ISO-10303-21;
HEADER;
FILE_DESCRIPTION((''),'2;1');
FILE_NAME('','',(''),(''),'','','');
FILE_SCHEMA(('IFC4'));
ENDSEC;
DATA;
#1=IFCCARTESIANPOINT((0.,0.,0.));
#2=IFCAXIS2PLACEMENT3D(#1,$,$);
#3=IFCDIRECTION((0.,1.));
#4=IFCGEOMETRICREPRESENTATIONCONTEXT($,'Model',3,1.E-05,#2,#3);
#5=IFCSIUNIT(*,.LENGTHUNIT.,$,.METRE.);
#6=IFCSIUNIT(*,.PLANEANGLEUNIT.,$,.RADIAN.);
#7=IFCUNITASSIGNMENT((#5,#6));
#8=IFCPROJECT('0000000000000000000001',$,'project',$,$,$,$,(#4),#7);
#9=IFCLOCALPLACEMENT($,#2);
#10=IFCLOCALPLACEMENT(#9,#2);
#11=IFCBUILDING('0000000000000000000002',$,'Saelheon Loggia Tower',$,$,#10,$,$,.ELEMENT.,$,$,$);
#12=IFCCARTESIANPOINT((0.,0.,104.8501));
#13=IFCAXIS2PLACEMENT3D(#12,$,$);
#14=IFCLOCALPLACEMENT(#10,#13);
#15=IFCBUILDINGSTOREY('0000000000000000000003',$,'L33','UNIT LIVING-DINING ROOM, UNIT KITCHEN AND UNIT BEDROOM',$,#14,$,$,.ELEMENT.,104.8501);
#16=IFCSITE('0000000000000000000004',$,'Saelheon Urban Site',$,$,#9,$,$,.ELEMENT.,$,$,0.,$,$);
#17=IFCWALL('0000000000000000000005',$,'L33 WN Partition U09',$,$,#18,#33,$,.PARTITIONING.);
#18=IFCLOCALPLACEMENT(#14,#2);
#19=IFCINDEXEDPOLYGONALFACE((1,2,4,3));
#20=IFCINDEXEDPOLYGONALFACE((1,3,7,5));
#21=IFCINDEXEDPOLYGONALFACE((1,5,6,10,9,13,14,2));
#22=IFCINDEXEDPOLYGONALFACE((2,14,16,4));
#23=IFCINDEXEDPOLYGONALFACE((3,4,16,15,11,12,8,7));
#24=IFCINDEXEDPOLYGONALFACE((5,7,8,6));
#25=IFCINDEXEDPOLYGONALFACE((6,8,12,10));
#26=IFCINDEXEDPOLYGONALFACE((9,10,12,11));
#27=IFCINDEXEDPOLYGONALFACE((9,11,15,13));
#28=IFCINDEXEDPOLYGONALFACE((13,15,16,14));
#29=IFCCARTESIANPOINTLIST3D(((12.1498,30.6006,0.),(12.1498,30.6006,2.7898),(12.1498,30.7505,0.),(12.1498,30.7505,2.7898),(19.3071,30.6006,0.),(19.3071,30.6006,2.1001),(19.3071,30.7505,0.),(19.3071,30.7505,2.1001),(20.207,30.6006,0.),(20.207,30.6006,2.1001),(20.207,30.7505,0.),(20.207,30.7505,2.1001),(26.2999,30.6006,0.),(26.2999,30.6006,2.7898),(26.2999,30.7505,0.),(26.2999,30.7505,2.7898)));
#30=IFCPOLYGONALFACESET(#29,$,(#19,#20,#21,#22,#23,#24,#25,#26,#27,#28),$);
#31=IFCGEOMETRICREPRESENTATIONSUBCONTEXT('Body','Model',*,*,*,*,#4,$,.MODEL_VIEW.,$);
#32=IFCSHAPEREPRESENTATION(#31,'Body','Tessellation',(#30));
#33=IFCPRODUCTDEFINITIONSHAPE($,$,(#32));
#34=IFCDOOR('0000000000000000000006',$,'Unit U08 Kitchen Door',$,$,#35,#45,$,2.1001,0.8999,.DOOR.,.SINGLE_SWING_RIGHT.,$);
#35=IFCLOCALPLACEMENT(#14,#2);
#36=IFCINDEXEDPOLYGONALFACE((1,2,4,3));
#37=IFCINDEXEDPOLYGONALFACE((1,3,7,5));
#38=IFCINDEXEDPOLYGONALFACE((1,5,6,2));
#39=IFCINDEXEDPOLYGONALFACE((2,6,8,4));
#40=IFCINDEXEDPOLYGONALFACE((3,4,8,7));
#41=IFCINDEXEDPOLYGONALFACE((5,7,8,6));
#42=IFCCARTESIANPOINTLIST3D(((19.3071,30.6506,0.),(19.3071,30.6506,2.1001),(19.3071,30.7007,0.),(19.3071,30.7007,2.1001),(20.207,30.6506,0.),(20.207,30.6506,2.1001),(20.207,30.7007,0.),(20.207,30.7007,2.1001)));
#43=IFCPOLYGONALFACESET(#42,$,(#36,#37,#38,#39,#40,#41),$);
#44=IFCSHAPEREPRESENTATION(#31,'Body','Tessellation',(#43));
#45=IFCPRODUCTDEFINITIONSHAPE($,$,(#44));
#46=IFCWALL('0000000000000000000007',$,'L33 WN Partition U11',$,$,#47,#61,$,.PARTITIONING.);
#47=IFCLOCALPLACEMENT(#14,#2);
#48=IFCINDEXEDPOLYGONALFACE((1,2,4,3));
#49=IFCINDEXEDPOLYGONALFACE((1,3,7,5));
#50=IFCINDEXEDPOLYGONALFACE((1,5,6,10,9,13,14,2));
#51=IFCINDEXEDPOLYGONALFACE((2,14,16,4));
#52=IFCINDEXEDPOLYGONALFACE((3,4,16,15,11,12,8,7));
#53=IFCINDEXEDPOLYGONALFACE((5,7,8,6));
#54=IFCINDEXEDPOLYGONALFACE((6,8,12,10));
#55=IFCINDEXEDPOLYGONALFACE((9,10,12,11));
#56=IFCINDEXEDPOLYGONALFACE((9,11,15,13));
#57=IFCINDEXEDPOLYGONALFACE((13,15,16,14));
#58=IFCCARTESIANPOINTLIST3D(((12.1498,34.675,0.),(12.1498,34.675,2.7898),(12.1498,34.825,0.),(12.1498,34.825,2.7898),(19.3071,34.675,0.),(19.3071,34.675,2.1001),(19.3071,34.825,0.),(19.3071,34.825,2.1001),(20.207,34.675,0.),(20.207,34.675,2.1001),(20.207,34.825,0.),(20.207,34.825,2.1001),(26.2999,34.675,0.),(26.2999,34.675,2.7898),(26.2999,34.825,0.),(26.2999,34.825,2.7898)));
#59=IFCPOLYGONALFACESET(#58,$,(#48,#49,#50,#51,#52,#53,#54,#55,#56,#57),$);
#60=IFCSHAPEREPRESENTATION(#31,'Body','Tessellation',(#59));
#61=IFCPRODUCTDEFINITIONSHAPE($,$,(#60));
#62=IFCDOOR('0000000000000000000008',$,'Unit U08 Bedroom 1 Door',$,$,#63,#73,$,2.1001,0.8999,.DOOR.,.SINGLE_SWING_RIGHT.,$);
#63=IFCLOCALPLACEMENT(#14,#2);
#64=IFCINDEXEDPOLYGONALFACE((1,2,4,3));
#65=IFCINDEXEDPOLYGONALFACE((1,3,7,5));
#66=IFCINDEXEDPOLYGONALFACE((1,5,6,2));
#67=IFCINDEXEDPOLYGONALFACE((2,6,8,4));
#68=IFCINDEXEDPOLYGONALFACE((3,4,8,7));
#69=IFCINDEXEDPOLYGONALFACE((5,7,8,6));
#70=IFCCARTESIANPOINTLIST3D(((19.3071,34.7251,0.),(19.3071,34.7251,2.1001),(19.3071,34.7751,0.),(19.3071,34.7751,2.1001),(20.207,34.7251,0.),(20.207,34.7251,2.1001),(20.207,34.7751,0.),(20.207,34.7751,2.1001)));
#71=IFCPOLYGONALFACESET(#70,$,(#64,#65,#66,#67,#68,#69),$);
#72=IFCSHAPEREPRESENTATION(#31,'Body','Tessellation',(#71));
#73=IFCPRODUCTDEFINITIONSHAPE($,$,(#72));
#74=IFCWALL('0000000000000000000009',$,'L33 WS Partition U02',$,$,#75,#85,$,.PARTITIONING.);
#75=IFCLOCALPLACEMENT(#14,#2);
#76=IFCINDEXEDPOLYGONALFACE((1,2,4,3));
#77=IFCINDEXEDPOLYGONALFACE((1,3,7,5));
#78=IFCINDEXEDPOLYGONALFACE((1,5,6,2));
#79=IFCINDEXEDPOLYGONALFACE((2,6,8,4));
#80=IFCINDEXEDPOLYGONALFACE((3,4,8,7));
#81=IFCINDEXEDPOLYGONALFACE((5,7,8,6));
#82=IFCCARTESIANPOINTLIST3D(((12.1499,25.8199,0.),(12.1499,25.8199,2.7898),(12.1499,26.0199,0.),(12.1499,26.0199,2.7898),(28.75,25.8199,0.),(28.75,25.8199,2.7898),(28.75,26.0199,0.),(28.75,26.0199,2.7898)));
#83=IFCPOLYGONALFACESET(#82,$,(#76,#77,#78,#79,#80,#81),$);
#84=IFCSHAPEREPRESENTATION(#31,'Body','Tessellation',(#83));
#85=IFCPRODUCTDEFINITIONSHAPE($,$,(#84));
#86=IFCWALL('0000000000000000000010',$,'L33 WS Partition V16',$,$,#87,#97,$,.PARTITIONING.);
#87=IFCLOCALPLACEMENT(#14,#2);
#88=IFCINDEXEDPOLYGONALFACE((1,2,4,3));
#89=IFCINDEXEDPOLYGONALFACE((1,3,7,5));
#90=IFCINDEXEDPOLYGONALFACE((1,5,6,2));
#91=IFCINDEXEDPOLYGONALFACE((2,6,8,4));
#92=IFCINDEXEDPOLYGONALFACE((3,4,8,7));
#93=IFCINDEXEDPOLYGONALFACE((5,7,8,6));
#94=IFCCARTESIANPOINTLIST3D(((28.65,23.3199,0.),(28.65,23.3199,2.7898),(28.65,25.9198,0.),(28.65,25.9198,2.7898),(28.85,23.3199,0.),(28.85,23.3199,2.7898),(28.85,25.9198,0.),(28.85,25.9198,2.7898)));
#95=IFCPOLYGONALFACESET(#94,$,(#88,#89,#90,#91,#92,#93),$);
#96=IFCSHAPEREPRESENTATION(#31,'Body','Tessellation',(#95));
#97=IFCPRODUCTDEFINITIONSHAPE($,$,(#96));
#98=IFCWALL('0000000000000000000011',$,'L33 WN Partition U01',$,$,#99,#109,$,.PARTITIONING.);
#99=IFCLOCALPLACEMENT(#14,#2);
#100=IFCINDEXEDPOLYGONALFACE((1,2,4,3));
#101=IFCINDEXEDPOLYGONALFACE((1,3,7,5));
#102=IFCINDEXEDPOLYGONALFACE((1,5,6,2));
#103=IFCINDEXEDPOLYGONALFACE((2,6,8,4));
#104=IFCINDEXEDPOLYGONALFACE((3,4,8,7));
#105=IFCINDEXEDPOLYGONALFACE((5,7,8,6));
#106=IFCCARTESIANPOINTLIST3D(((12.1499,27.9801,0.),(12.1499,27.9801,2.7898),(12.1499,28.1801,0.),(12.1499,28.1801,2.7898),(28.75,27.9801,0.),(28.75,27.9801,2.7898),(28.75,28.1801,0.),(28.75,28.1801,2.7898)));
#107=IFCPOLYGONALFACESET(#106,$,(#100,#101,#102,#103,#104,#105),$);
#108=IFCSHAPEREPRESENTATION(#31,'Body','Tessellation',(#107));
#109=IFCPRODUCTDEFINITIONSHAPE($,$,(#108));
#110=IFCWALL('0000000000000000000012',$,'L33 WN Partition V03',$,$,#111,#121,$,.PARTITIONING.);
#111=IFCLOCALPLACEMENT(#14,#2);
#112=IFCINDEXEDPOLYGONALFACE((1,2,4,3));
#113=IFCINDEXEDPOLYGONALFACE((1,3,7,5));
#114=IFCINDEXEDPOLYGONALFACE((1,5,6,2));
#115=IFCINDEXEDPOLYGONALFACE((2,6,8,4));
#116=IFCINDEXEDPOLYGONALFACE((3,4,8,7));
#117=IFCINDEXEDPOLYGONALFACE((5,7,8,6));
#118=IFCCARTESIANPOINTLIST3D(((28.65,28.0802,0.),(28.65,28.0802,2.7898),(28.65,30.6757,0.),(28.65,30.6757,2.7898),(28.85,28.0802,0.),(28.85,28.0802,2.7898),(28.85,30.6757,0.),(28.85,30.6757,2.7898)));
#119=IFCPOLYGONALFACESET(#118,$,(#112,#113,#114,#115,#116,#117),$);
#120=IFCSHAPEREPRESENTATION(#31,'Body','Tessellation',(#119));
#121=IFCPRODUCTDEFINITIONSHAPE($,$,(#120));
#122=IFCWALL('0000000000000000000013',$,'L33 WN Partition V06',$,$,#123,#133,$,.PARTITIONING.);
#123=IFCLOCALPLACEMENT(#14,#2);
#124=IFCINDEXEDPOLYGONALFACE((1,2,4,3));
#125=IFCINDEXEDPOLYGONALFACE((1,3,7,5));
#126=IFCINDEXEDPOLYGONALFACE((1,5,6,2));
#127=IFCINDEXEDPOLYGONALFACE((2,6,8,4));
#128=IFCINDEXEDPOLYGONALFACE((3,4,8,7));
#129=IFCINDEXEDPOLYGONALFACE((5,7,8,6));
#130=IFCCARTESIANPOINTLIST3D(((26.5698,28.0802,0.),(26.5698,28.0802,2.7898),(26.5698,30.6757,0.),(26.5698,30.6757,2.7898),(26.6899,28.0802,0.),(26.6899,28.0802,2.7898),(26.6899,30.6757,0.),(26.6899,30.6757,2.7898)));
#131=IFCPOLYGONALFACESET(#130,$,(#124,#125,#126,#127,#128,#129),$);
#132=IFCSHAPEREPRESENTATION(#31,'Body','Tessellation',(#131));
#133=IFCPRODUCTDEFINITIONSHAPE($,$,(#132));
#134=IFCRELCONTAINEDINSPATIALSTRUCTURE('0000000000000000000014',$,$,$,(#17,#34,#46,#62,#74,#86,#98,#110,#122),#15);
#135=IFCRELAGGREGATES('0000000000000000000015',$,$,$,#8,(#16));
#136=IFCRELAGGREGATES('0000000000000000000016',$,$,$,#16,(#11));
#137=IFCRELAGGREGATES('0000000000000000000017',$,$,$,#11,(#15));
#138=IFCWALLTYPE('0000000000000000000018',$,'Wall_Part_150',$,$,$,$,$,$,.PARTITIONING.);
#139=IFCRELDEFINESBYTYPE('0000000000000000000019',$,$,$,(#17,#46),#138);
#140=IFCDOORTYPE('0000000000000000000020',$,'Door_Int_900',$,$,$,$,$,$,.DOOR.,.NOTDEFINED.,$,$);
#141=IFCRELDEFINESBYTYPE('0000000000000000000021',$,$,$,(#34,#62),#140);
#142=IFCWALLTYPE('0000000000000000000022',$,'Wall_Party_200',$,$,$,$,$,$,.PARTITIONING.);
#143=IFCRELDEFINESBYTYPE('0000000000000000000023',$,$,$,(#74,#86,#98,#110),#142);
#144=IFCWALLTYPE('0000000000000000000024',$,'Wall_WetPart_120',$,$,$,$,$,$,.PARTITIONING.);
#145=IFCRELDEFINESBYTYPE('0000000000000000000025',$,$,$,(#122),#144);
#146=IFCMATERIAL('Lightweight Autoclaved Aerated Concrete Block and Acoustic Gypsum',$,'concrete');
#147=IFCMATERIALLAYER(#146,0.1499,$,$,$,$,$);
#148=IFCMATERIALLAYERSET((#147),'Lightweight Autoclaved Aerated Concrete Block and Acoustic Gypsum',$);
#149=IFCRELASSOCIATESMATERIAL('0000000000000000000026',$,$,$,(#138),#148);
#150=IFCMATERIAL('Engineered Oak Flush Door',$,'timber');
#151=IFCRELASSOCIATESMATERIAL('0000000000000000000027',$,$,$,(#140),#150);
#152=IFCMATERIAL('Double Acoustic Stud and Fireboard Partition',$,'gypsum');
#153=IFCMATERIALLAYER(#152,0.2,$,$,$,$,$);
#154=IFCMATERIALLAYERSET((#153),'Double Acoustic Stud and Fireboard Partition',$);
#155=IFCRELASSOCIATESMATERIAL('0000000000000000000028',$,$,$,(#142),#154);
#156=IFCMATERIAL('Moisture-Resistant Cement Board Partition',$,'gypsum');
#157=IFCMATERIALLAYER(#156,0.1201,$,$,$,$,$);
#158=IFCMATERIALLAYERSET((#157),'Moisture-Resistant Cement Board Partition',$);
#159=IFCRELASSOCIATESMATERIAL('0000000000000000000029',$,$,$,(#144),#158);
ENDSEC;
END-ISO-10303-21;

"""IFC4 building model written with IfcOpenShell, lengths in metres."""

from ifc_helpers import new_model, si_unit, direction, frame, frame_2d, origin, place, context, subcontext, project, spatial, rectangle, extrude, source, transform, mapped, material, layer, layer_set, type_object, element, fill, save


model = new_model("IFC4")

# Units and contexts
model_context = context("Model", 3, precision=1e-05, world=origin(), true_north=direction((0.0, 1.0)))
body_context = subcontext(model_context, "Body", "Model", "MODEL_VIEW")
ifc_project = project(units=[si_unit("LENGTHUNIT", "METRE"), si_unit("PLANEANGLEUNIT", "RADIAN")], contexts=[model_context])

# Site, building, storey
site_placement = place(None, origin())
site = spatial("IfcSite", under=ifc_project, at=site_placement, Name="Saelheon Urban Site", CompositionType="ELEMENT", RefElevation=0.0)
building_placement = place(site_placement, origin())
building = spatial("IfcBuilding", under=site, at=building_placement, Name="Saelheon Loggia Tower", CompositionType="ELEMENT")
storey_placement = place(building_placement, frame((0.0, 0.0, 104.8501)))
storey = spatial("IfcBuildingStorey", under=building, at=storey_placement, Name="L33", Description="UNIT LIVING-DINING ROOM, UNIT KITCHEN AND UNIT BEDROOM", CompositionType="ELEMENT", Elevation=104.8501)

# Shared definitions
ifc_material_1 = material(Name="Lightweight Autoclaved Aerated Concrete Block and Acoustic Gypsum", Category="concrete")
ifc_layer_1 = layer(ifc_material_1, 0.1499)
ifc_layer_set_1 = layer_set([ifc_layer_1], Name="Lightweight Autoclaved Aerated Concrete Block and Acoustic Gypsum")
wall_type_1 = type_object("IfcWallType", Name="Wall_Part_150", PredefinedType="PARTITIONING", material=ifc_layer_set_1)

# Shared definitions
ifc_material_2 = material(Name="Engineered Oak Flush Door", Category="timber")
door_type_1 = type_object("IfcDoorType", Name="Door_Int_900", OperationType="NOTDEFINED", PredefinedType="DOOR", material=ifc_material_2)
shared_shape_1 = source(origin(), body_context, "Body", "SweptSolid", [
    extrude(rectangle(XDim=0.8999, YDim=2.1001, at=frame_2d((0.45, 1.05))), frame((0.0, 0.0249, 0.0), z_axis=(0.0, -1.0, 0.0), x_axis=(1.0, 0.0, 0.0)), (0.0, 0.0, 1.0), 0.05),
])

# Walls, openings, doors
wall_1_placement = place(storey_placement, frame((26.3, 30.6755, 0.0), z_axis=(0.0, 0.0, 1.0), x_axis=(-1.0, 0.0, 0.0)))
wall_1 = element("IfcWall", 1, at=wall_1_placement, inside=storey, type_object=wall_type_1, Name="L33 WN Partition U09", PredefinedType="PARTITIONING", context=body_context, shape_type="SweptSolid", body=[
    extrude(rectangle(XDim=14.1501, YDim=0.1499, at=frame_2d((7.0752, 0.0))), origin(), (0.0, 0.0, 1.0), 2.7898),
])
opening_1_placement = place(wall_1_placement, frame((6.093, 0.0, 0.0)))
opening_1 = element("IfcOpeningElement", 2, at=opening_1_placement, cuts=wall_1, PredefinedType="OPENING", context=body_context, shape_type="SweptSolid", body=[
    extrude(rectangle(XDim=0.8999, YDim=2.1001, at=frame_2d((0.45, 1.05))), frame((0.0, 0.0869, 0.0), z_axis=(0.0, -1.0, 0.0), x_axis=(1.0, 0.0, 0.0)), (0.0, 0.0, 1.0), 0.1738),
])
door_1_placement = place(opening_1_placement, origin())
door_1 = element("IfcDoor", 3, at=door_1_placement, inside=storey, type_object=door_type_1, Name="Unit U08 Kitchen Door", OperationType="SINGLE_SWING_RIGHT", OverallHeight=2.1001, OverallWidth=0.8999, PredefinedType="DOOR", context=body_context, shape_type="MappedRepresentation", body=[
    mapped(shared_shape_1, transform((0.0, 0.0, 0.0), scale=1.0)),
])
fill(opening_1, door_1)
wall_2_placement = place(storey_placement, frame((26.3, 34.75, 0.0), z_axis=(0.0, 0.0, 1.0), x_axis=(-1.0, 0.0, 0.0)))
wall_2 = element("IfcWall", 4, at=wall_2_placement, inside=storey, type_object=wall_type_1, Name="L33 WN Partition U11", PredefinedType="PARTITIONING", context=body_context, shape_type="SweptSolid", body=[
    extrude(rectangle(XDim=14.1501, YDim=0.1499, at=frame_2d((7.0752, 0.0))), origin(), (0.0, 0.0, 1.0), 2.7898),
])
opening_2_placement = place(wall_2_placement, frame((6.093, 0.0, 0.0)))
opening_2 = element("IfcOpeningElement", 5, at=opening_2_placement, cuts=wall_2, PredefinedType="OPENING", context=body_context, shape_type="SweptSolid", body=[
    extrude(rectangle(XDim=0.8999, YDim=2.1001, at=frame_2d((0.45, 1.05))), frame((0.0, 0.0869, 0.0), z_axis=(0.0, -1.0, 0.0), x_axis=(1.0, 0.0, 0.0)), (0.0, 0.0, 1.0), 0.1738),
])
door_2_placement = place(opening_2_placement, origin())
door_2 = element("IfcDoor", 6, at=door_2_placement, inside=storey, type_object=door_type_1, Name="Unit U08 Bedroom 1 Door", OperationType="SINGLE_SWING_RIGHT", OverallHeight=2.1001, OverallWidth=0.8999, PredefinedType="DOOR", context=body_context, shape_type="MappedRepresentation", body=[
    mapped(shared_shape_1, transform((0.0, 0.0, 0.0), scale=1.0)),
])
fill(opening_2, door_2)

# Walls
ifc_material_3 = material(Name="Double Acoustic Stud and Fireboard Partition", Category="gypsum")
ifc_layer_2 = layer(ifc_material_3, 0.2)
ifc_layer_set_2 = layer_set([ifc_layer_2], Name="Double Acoustic Stud and Fireboard Partition")
wall_type_2 = type_object("IfcWallType", Name="Wall_Party_200", PredefinedType="PARTITIONING", material=ifc_layer_set_2)
wall_3_placement = place(storey_placement, frame((28.75, 25.9199, 0.0), z_axis=(0.0, 0.0, 1.0), x_axis=(-1.0, 0.0, 0.0)))
element("IfcWall", 7, at=wall_3_placement, inside=storey, type_object=wall_type_2, Name="L33 WS Partition U02", PredefinedType="PARTITIONING", context=body_context, shape_type="SweptSolid", body=[
    extrude(rectangle(XDim=16.6001, YDim=0.2, at=frame_2d((8.3, 0.0))), origin(), (0.0, 0.0, 1.0), 2.7898),
])
wall_4_placement = place(storey_placement, frame((28.75, 23.3201, 0.0), z_axis=(0.0, 0.0, 1.0), x_axis=(0.0, 1.0, 0.0)))
element("IfcWall", 8, at=wall_4_placement, inside=storey, type_object=wall_type_2, Name="L33 WS Partition V16", PredefinedType="PARTITIONING", context=body_context, shape_type="SweptSolid", body=[
    extrude(rectangle(XDim=2.5999, YDim=0.2, at=frame_2d((1.2998, 0.0))), origin(), (0.0, 0.0, 1.0), 2.7898),
])
wall_5_placement = place(storey_placement, frame((28.75, 28.0801, 0.0), z_axis=(0.0, 0.0, 1.0), x_axis=(-1.0, 0.0, 0.0)))
element("IfcWall", 9, at=wall_5_placement, inside=storey, type_object=wall_type_2, Name="L33 WN Partition U01", PredefinedType="PARTITIONING", context=body_context, shape_type="SweptSolid", body=[
    extrude(rectangle(XDim=16.6001, YDim=0.2, at=frame_2d((8.3, 0.0))), origin(), (0.0, 0.0, 1.0), 2.7898),
])
wall_6_placement = place(storey_placement, frame((28.75, 28.0801, 0.0), z_axis=(0.0, 0.0, 1.0), x_axis=(0.0, 1.0, 0.0)))
element("IfcWall", 10, at=wall_6_placement, inside=storey, type_object=wall_type_2, Name="L33 WN Partition V03", PredefinedType="PARTITIONING", context=body_context, shape_type="SweptSolid", body=[
    extrude(rectangle(XDim=2.5955, YDim=0.2, at=frame_2d((1.2979, 0.0))), origin(), (0.0, 0.0, 1.0), 2.7898),
])

# Wall
ifc_material_4 = material(Name="Moisture-Resistant Cement Board Partition", Category="gypsum")
ifc_layer_3 = layer(ifc_material_4, 0.1201)
ifc_layer_set_3 = layer_set([ifc_layer_3], Name="Moisture-Resistant Cement Board Partition")
wall_type_3 = type_object("IfcWallType", Name="Wall_WetPart_120", PredefinedType="PARTITIONING", material=ifc_layer_set_3)
wall_7_placement = place(storey_placement, frame((26.6299, 28.0801, 0.0), z_axis=(0.0, 0.0, 1.0), x_axis=(0.0, 1.0, 0.0)))
element("IfcWall", 11, at=wall_7_placement, inside=storey, type_object=wall_type_3, Name="L33 WN Partition V06", PredefinedType="PARTITIONING", context=body_context, shape_type="SweptSolid", body=[
    extrude(rectangle(XDim=2.5955, YDim=0.1201, at=frame_2d((1.2979, 0.0))), origin(), (0.0, 0.0, 1.0), 2.7898),
])

save(model, "model.ifc")
